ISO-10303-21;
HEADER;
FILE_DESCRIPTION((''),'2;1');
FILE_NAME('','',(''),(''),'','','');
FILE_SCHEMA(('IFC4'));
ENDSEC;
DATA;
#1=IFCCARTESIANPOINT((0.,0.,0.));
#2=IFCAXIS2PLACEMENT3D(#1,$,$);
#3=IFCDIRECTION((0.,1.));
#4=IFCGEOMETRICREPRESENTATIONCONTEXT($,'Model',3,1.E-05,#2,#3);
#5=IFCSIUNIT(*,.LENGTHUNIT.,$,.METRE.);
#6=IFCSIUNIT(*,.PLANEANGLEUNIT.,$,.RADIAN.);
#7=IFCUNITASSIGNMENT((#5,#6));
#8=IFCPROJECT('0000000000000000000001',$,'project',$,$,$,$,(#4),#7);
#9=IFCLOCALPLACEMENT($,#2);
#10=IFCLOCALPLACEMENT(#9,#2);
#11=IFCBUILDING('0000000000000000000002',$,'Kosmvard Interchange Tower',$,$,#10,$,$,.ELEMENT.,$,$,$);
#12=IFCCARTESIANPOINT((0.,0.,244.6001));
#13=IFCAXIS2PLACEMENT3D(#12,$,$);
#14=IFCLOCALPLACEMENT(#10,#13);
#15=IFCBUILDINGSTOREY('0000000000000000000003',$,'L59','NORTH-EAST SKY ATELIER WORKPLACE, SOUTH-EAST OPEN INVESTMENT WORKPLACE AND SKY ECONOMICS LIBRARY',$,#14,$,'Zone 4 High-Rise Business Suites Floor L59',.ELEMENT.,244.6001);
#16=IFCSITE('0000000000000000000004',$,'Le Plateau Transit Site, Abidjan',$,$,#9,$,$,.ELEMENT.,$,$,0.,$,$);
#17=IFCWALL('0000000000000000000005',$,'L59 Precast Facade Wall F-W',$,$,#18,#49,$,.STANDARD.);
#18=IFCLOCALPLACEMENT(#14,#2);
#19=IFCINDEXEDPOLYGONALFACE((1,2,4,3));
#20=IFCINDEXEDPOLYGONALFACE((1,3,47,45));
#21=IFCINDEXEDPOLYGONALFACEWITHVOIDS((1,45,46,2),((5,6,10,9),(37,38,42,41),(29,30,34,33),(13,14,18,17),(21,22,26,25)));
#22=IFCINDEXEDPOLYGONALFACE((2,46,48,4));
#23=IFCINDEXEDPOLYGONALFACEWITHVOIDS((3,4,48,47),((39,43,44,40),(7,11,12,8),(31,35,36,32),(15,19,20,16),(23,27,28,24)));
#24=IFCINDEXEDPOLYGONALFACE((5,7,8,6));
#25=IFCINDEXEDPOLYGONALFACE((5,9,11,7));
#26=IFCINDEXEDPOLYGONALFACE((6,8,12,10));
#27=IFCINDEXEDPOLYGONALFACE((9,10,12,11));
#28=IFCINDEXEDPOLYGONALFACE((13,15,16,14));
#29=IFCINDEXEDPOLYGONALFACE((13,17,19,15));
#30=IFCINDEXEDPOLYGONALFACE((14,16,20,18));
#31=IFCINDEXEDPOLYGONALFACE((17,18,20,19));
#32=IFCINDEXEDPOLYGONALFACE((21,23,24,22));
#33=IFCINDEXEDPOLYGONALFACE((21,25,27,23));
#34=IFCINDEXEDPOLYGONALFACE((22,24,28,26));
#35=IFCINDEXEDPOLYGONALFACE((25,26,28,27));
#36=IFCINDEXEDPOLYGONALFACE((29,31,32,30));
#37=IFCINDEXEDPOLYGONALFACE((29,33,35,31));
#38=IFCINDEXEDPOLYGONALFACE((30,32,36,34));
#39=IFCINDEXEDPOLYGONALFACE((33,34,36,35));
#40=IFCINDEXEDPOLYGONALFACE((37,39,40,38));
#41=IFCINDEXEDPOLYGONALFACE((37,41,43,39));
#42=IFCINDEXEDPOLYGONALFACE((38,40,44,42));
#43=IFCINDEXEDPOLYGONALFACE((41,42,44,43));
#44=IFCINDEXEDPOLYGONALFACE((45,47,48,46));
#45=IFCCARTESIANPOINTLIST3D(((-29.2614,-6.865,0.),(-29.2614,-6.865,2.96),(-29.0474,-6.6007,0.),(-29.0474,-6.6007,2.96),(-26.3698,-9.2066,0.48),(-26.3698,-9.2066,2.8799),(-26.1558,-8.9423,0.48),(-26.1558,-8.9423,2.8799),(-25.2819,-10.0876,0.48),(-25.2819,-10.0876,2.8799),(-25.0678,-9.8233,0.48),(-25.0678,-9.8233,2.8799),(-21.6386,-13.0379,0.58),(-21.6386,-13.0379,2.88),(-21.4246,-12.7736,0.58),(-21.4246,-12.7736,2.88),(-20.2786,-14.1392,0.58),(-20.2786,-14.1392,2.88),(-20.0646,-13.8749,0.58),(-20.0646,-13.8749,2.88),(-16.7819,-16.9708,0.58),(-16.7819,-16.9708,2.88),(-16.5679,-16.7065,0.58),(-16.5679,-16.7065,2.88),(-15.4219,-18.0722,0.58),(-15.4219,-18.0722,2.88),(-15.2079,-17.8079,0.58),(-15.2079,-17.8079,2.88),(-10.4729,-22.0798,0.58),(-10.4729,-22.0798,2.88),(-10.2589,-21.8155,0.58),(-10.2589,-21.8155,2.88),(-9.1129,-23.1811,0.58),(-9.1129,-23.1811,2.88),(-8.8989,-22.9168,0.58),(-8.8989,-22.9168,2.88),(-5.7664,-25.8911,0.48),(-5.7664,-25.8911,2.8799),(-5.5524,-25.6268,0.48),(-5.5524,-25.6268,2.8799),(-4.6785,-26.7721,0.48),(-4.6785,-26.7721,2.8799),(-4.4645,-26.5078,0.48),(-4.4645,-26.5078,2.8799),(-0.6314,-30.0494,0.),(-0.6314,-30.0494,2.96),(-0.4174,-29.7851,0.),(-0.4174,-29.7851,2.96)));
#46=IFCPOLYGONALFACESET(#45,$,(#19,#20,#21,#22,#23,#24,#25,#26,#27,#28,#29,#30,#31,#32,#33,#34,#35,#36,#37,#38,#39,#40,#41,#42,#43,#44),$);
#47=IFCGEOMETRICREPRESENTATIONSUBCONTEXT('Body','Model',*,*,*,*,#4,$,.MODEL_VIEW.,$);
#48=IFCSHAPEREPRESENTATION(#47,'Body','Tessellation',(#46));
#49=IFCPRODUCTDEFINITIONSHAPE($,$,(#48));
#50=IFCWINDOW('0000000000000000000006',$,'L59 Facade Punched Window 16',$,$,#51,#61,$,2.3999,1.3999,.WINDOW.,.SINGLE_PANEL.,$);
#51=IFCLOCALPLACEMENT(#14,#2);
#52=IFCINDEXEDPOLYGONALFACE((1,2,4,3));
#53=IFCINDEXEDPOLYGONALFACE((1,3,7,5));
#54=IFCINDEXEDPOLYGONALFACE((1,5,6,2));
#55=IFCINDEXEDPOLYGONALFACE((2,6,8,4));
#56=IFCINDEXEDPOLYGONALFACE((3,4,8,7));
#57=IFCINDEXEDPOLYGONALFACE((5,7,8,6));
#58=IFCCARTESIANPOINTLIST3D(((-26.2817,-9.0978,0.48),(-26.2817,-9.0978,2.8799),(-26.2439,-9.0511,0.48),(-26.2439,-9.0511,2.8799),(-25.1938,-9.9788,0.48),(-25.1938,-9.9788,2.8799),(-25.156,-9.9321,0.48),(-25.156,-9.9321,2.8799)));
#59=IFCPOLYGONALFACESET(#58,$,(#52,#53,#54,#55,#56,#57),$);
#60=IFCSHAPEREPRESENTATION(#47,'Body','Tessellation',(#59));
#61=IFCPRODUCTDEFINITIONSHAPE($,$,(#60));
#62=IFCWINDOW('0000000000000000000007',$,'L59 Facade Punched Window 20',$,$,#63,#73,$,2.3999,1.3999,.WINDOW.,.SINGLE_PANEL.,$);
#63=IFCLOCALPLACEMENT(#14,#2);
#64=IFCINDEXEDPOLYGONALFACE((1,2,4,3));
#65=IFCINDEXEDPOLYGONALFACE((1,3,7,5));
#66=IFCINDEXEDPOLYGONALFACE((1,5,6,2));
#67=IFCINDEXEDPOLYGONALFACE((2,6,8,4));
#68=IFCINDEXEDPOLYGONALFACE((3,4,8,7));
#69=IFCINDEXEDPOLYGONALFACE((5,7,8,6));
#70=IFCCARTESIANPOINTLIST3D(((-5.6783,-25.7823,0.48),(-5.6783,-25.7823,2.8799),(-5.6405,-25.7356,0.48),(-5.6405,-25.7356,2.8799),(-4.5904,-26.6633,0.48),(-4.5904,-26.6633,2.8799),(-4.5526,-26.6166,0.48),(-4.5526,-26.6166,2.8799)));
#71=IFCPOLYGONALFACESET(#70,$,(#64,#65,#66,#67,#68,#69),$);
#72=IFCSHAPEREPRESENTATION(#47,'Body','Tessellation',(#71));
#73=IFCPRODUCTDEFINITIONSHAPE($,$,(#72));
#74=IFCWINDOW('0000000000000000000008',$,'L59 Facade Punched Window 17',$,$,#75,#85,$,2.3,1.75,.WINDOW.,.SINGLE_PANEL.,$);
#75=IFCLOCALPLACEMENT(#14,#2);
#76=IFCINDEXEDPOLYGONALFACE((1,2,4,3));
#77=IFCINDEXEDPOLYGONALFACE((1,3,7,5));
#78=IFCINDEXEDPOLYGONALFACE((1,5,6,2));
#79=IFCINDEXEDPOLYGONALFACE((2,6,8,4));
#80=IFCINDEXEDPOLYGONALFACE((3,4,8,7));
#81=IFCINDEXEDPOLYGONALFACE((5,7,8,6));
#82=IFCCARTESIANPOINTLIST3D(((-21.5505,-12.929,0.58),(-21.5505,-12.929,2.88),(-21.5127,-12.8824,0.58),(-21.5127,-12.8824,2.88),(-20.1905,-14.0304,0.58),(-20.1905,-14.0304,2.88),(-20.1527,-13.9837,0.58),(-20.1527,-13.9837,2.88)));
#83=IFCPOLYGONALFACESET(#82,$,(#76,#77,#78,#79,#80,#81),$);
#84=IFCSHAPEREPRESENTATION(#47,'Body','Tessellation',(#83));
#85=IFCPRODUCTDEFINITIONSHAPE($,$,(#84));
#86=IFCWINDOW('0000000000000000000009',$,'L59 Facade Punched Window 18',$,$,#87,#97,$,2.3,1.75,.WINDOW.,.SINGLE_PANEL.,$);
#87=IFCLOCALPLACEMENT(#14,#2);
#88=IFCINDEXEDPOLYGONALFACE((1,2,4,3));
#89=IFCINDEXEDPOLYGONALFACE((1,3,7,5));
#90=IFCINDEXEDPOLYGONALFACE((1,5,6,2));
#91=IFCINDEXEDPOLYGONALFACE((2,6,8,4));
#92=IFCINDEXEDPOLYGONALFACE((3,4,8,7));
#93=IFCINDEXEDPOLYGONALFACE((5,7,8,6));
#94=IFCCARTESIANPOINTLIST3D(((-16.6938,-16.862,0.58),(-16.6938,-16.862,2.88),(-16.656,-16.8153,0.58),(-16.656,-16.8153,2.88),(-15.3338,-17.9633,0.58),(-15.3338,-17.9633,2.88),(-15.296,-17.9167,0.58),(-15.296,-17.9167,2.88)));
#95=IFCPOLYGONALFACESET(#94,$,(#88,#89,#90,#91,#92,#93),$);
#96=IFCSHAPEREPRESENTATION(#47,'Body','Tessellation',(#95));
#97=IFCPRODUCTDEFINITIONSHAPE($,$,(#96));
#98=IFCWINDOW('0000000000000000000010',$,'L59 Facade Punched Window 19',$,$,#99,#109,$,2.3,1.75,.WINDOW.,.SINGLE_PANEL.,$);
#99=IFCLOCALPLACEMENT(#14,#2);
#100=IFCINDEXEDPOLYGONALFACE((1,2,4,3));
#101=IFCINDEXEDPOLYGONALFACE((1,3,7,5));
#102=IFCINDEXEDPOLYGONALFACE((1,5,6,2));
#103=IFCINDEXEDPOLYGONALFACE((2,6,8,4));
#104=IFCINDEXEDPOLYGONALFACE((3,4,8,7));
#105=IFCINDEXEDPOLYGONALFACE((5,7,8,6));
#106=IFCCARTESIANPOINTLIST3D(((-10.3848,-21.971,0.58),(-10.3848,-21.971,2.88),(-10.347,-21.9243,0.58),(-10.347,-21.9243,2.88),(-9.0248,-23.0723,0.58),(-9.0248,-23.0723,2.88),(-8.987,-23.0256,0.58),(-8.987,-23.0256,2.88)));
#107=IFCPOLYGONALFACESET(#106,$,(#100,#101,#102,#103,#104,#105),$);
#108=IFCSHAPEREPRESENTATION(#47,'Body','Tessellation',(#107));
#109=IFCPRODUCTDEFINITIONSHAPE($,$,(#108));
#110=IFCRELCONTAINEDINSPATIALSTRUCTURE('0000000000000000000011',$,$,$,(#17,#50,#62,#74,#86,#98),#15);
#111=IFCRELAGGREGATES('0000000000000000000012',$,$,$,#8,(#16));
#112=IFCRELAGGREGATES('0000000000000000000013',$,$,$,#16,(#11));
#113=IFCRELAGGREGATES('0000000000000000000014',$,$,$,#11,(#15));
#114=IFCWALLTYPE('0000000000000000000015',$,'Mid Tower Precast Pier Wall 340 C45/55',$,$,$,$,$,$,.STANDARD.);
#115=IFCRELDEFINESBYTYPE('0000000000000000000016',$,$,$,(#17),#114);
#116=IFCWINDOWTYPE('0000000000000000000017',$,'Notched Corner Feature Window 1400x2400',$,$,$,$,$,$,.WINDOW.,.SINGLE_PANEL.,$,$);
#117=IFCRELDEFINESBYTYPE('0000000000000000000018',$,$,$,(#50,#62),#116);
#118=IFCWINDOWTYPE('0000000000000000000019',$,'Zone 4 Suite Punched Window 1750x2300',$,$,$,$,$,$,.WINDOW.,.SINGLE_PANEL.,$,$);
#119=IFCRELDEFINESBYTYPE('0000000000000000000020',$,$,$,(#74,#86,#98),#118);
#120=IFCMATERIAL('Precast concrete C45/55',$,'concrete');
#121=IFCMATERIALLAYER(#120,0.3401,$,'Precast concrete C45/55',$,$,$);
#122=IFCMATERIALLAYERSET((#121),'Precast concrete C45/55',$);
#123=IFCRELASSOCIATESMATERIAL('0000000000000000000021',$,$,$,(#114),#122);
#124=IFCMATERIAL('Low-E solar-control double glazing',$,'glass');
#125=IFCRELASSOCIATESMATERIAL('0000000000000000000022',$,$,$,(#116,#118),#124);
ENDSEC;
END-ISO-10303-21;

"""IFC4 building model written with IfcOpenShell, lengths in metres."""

from ifc_helpers import new_model, si_unit, direction, frame, frame_2d, origin, place, context, subcontext, project, spatial, rectangle, extrude, source, transform, mapped, material, layer, layer_set, type_object, element, fill, save


model = new_model("IFC4")

# Units and contexts
model_context = context("Model", 3, precision=1e-05, world=origin(), true_north=direction((0.0, 1.0)))
body_context = subcontext(model_context, "Body", "Model", "MODEL_VIEW")
ifc_project = project(units=[si_unit("LENGTHUNIT", "METRE"), si_unit("PLANEANGLEUNIT", "RADIAN")], contexts=[model_context])

# Site, building, storey
site_placement = place(None, origin())
site = spatial("IfcSite", under=ifc_project, at=site_placement, Name="Le Plateau Transit Site, Abidjan", CompositionType="ELEMENT", RefElevation=0.0)
building_placement = place(site_placement, origin())
building = spatial("IfcBuilding", under=site, at=building_placement, Name="Kosmvard Interchange Tower", CompositionType="ELEMENT")
storey_placement = place(building_placement, frame((0.0, 0.0, 244.6001)))
storey = spatial("IfcBuildingStorey", under=building, at=storey_placement, Name="L59", Description="NORTH-EAST SKY ATELIER WORKPLACE, SOUTH-EAST OPEN INVESTMENT WORKPLACE AND SKY ECONOMICS LIBRARY", LongName="Zone 4 High-Rise Business Suites Floor L59", CompositionType="ELEMENT", Elevation=244.6001)

# Shared definitions
ifc_material_1 = material(Name="Precast concrete C45/55", Category="concrete")

# Shared definitions
ifc_layer_1 = layer(ifc_material_1, 0.3401, Name="Precast concrete C45/55")
ifc_layer_set_1 = layer_set([ifc_layer_1], Name="Precast concrete C45/55")
wall_type_1 = type_object("IfcWallType", Name="Mid Tower Precast Pier Wall 340 C45/55", PredefinedType="STANDARD", material=ifc_layer_set_1)

# Shared definitions
ifc_material_2 = material(Name="Low-E solar-control double glazing", Category="glass")
window_type_1 = type_object("IfcWindowType", Name="Notched Corner Feature Window 1400x2400", PartitioningType="SINGLE_PANEL", PredefinedType="WINDOW", material=ifc_material_2)
shared_shape_1 = source(origin(), body_context, "Body", "SweptSolid", [
    extrude(rectangle(XDim=1.3999, YDim=2.3999, at=frame_2d((0.7, 1.2))), frame((0.0, 0.03, 0.0), z_axis=(0.0, -1.0, 0.0), x_axis=(1.0, 0.0, 0.0)), (0.0, 0.0, 1.0), 0.0601),
])

# Wall, openings, windows
wall_1_placement = place(storey_placement, frame((-29.1543, -6.7329, 0.0), z_axis=(0.0, 0.0, 1.0), x_axis=(0.777142, -0.629325, 0.0)))
wall_1 = element("IfcWall", 1, at=wall_1_placement, inside=storey, type_object=wall_type_1, Name="L59 Precast Facade Wall F-W", PredefinedType="STANDARD", context=body_context, shape_type="SweptSolid", body=[
    extrude(rectangle(XDim=36.8401, YDim=0.3401, at=frame_2d((18.4199, 0.0))), origin(), (0.0, 0.0, 1.0), 2.96),
])
opening_1_placement = place(wall_1_placement, frame((3.7207, 0.0, 0.48)))
opening_1 = element("IfcOpeningElement", 2, at=opening_1_placement, cuts=wall_1, PredefinedType="OPENING", context=body_context, shape_type="SweptSolid", body=[
    extrude(rectangle(XDim=1.3999, YDim=2.3999, at=frame_2d((0.7, 1.2))), frame((0.0, 0.1802, 0.0), z_axis=(0.0, -1.0, 0.0), x_axis=(1.0, 0.0, 0.0)), (0.0, 0.0, 1.0), 0.3601),
])
opening_2_placement = place(wall_1_placement, frame((9.8086, 0.0, 0.5801)))
opening_2 = element("IfcOpeningElement", 3, at=opening_2_placement, cuts=wall_1, PredefinedType="OPENING", context=body_context, shape_type="SweptSolid", body=[
    extrude(rectangle(XDim=1.75, YDim=2.3, at=frame_2d((0.875, 1.1499))), frame((0.0, 0.1802, 0.0), z_axis=(0.0, -1.0, 0.0), x_axis=(1.0, 0.0, 0.0)), (0.0, 0.0, 1.0), 0.3601),
])
opening_3_placement = place(wall_1_placement, frame((16.0581, 0.0, 0.5801)))
opening_3 = element("IfcOpeningElement", 4, at=opening_3_placement, cuts=wall_1, PredefinedType="OPENING", context=body_context, shape_type="SweptSolid", body=[
    extrude(rectangle(XDim=1.75, YDim=2.3, at=frame_2d((0.875, 1.1499))), frame((0.0, 0.1802, 0.0), z_axis=(0.0, -1.0, 0.0), x_axis=(1.0, 0.0, 0.0)), (0.0, 0.0, 1.0), 0.3601),
])
opening_4_placement = place(wall_1_placement, frame((24.1763, 0.0, 0.5801)))
opening_4 = element("IfcOpeningElement", 5, at=opening_4_placement, cuts=wall_1, PredefinedType="OPENING", context=body_context, shape_type="SweptSolid", body=[
    extrude(rectangle(XDim=1.75, YDim=2.3, at=frame_2d((0.875, 1.1499))), frame((0.0, 0.1802, 0.0), z_axis=(0.0, -1.0, 0.0), x_axis=(1.0, 0.0, 0.0)), (0.0, 0.0, 1.0), 0.3601),
])
opening_5_placement = place(wall_1_placement, frame((30.2324, 0.0, 0.48)))
opening_5 = element("IfcOpeningElement", 6, at=opening_5_placement, cuts=wall_1, PredefinedType="OPENING", context=body_context, shape_type="SweptSolid", body=[
    extrude(rectangle(XDim=1.3999, YDim=2.3999, at=frame_2d((0.7, 1.2))), frame((0.0, 0.1802, 0.0), z_axis=(0.0, -1.0, 0.0), x_axis=(1.0, 0.0, 0.0)), (0.0, 0.0, 1.0), 0.3601),
])
window_1_placement = place(opening_1_placement, origin())
window_1 = element("IfcWindow", 7, at=window_1_placement, inside=storey, type_object=window_type_1, Name="L59 Facade Punched Window 16", OverallHeight=2.3999, OverallWidth=1.3999, PartitioningType="SINGLE_PANEL", PredefinedType="WINDOW", context=body_context, shape_type="MappedRepresentation", body=[
    mapped(shared_shape_1, transform((0.0, 0.0, 0.0), scale=1.0)),
])
fill(opening_1, window_1)
window_2_placement = place(opening_5_placement, origin())
window_2 = element("IfcWindow", 8, at=window_2_placement, inside=storey, type_object=window_type_1, Name="L59 Facade Punched Window 20", OverallHeight=2.3999, OverallWidth=1.3999, PartitioningType="SINGLE_PANEL", PredefinedType="WINDOW", context=body_context, shape_type="MappedRepresentation", body=[
    mapped(shared_shape_1, transform((0.0, 0.0, 0.0), scale=1.0)),
])
fill(opening_5, window_2)
window_type_2 = type_object("IfcWindowType", Name="Zone 4 Suite Punched Window 1750x2300", PartitioningType="SINGLE_PANEL", PredefinedType="WINDOW", material=ifc_material_2)
shared_shape_2 = source(origin(), body_context, "Body", "SweptSolid", [
    extrude(rectangle(XDim=1.75, YDim=2.3, at=frame_2d((0.875, 1.1499))), frame((0.0, 0.03, 0.0), z_axis=(0.0, -1.0, 0.0), x_axis=(1.0, 0.0, 0.0)), (0.0, 0.0, 1.0), 0.0601),
])
window_3_placement = place(opening_2_placement, origin())
window_3 = element("IfcWindow", 9, at=window_3_placement, inside=storey, type_object=window_type_2, Name="L59 Facade Punched Window 17", OverallHeight=2.3, OverallWidth=1.75, PartitioningType="SINGLE_PANEL", PredefinedType="WINDOW", context=body_context, shape_type="MappedRepresentation", body=[
    mapped(shared_shape_2, transform((0.0, 0.0, 0.0), scale=1.0)),
])
fill(opening_2, window_3)
window_4_placement = place(opening_3_placement, origin())
window_4 = element("IfcWindow", 10, at=window_4_placement, inside=storey, type_object=window_type_2, Name="L59 Facade Punched Window 18", OverallHeight=2.3, OverallWidth=1.75, PartitioningType="SINGLE_PANEL", PredefinedType="WINDOW", context=body_context, shape_type="MappedRepresentation", body=[
    mapped(shared_shape_2, transform((0.0, 0.0, 0.0), scale=1.0)),
])
fill(opening_3, window_4)
window_5_placement = place(opening_4_placement, origin())
window_5 = element("IfcWindow", 11, at=window_5_placement, inside=storey, type_object=window_type_2, Name="L59 Facade Punched Window 19", OverallHeight=2.3, OverallWidth=1.75, PartitioningType="SINGLE_PANEL", PredefinedType="WINDOW", context=body_context, shape_type="MappedRepresentation", body=[
    mapped(shared_shape_2, transform((0.0, 0.0, 0.0), scale=1.0)),
])
fill(opening_4, window_5)

save(model, "model.ifc")
